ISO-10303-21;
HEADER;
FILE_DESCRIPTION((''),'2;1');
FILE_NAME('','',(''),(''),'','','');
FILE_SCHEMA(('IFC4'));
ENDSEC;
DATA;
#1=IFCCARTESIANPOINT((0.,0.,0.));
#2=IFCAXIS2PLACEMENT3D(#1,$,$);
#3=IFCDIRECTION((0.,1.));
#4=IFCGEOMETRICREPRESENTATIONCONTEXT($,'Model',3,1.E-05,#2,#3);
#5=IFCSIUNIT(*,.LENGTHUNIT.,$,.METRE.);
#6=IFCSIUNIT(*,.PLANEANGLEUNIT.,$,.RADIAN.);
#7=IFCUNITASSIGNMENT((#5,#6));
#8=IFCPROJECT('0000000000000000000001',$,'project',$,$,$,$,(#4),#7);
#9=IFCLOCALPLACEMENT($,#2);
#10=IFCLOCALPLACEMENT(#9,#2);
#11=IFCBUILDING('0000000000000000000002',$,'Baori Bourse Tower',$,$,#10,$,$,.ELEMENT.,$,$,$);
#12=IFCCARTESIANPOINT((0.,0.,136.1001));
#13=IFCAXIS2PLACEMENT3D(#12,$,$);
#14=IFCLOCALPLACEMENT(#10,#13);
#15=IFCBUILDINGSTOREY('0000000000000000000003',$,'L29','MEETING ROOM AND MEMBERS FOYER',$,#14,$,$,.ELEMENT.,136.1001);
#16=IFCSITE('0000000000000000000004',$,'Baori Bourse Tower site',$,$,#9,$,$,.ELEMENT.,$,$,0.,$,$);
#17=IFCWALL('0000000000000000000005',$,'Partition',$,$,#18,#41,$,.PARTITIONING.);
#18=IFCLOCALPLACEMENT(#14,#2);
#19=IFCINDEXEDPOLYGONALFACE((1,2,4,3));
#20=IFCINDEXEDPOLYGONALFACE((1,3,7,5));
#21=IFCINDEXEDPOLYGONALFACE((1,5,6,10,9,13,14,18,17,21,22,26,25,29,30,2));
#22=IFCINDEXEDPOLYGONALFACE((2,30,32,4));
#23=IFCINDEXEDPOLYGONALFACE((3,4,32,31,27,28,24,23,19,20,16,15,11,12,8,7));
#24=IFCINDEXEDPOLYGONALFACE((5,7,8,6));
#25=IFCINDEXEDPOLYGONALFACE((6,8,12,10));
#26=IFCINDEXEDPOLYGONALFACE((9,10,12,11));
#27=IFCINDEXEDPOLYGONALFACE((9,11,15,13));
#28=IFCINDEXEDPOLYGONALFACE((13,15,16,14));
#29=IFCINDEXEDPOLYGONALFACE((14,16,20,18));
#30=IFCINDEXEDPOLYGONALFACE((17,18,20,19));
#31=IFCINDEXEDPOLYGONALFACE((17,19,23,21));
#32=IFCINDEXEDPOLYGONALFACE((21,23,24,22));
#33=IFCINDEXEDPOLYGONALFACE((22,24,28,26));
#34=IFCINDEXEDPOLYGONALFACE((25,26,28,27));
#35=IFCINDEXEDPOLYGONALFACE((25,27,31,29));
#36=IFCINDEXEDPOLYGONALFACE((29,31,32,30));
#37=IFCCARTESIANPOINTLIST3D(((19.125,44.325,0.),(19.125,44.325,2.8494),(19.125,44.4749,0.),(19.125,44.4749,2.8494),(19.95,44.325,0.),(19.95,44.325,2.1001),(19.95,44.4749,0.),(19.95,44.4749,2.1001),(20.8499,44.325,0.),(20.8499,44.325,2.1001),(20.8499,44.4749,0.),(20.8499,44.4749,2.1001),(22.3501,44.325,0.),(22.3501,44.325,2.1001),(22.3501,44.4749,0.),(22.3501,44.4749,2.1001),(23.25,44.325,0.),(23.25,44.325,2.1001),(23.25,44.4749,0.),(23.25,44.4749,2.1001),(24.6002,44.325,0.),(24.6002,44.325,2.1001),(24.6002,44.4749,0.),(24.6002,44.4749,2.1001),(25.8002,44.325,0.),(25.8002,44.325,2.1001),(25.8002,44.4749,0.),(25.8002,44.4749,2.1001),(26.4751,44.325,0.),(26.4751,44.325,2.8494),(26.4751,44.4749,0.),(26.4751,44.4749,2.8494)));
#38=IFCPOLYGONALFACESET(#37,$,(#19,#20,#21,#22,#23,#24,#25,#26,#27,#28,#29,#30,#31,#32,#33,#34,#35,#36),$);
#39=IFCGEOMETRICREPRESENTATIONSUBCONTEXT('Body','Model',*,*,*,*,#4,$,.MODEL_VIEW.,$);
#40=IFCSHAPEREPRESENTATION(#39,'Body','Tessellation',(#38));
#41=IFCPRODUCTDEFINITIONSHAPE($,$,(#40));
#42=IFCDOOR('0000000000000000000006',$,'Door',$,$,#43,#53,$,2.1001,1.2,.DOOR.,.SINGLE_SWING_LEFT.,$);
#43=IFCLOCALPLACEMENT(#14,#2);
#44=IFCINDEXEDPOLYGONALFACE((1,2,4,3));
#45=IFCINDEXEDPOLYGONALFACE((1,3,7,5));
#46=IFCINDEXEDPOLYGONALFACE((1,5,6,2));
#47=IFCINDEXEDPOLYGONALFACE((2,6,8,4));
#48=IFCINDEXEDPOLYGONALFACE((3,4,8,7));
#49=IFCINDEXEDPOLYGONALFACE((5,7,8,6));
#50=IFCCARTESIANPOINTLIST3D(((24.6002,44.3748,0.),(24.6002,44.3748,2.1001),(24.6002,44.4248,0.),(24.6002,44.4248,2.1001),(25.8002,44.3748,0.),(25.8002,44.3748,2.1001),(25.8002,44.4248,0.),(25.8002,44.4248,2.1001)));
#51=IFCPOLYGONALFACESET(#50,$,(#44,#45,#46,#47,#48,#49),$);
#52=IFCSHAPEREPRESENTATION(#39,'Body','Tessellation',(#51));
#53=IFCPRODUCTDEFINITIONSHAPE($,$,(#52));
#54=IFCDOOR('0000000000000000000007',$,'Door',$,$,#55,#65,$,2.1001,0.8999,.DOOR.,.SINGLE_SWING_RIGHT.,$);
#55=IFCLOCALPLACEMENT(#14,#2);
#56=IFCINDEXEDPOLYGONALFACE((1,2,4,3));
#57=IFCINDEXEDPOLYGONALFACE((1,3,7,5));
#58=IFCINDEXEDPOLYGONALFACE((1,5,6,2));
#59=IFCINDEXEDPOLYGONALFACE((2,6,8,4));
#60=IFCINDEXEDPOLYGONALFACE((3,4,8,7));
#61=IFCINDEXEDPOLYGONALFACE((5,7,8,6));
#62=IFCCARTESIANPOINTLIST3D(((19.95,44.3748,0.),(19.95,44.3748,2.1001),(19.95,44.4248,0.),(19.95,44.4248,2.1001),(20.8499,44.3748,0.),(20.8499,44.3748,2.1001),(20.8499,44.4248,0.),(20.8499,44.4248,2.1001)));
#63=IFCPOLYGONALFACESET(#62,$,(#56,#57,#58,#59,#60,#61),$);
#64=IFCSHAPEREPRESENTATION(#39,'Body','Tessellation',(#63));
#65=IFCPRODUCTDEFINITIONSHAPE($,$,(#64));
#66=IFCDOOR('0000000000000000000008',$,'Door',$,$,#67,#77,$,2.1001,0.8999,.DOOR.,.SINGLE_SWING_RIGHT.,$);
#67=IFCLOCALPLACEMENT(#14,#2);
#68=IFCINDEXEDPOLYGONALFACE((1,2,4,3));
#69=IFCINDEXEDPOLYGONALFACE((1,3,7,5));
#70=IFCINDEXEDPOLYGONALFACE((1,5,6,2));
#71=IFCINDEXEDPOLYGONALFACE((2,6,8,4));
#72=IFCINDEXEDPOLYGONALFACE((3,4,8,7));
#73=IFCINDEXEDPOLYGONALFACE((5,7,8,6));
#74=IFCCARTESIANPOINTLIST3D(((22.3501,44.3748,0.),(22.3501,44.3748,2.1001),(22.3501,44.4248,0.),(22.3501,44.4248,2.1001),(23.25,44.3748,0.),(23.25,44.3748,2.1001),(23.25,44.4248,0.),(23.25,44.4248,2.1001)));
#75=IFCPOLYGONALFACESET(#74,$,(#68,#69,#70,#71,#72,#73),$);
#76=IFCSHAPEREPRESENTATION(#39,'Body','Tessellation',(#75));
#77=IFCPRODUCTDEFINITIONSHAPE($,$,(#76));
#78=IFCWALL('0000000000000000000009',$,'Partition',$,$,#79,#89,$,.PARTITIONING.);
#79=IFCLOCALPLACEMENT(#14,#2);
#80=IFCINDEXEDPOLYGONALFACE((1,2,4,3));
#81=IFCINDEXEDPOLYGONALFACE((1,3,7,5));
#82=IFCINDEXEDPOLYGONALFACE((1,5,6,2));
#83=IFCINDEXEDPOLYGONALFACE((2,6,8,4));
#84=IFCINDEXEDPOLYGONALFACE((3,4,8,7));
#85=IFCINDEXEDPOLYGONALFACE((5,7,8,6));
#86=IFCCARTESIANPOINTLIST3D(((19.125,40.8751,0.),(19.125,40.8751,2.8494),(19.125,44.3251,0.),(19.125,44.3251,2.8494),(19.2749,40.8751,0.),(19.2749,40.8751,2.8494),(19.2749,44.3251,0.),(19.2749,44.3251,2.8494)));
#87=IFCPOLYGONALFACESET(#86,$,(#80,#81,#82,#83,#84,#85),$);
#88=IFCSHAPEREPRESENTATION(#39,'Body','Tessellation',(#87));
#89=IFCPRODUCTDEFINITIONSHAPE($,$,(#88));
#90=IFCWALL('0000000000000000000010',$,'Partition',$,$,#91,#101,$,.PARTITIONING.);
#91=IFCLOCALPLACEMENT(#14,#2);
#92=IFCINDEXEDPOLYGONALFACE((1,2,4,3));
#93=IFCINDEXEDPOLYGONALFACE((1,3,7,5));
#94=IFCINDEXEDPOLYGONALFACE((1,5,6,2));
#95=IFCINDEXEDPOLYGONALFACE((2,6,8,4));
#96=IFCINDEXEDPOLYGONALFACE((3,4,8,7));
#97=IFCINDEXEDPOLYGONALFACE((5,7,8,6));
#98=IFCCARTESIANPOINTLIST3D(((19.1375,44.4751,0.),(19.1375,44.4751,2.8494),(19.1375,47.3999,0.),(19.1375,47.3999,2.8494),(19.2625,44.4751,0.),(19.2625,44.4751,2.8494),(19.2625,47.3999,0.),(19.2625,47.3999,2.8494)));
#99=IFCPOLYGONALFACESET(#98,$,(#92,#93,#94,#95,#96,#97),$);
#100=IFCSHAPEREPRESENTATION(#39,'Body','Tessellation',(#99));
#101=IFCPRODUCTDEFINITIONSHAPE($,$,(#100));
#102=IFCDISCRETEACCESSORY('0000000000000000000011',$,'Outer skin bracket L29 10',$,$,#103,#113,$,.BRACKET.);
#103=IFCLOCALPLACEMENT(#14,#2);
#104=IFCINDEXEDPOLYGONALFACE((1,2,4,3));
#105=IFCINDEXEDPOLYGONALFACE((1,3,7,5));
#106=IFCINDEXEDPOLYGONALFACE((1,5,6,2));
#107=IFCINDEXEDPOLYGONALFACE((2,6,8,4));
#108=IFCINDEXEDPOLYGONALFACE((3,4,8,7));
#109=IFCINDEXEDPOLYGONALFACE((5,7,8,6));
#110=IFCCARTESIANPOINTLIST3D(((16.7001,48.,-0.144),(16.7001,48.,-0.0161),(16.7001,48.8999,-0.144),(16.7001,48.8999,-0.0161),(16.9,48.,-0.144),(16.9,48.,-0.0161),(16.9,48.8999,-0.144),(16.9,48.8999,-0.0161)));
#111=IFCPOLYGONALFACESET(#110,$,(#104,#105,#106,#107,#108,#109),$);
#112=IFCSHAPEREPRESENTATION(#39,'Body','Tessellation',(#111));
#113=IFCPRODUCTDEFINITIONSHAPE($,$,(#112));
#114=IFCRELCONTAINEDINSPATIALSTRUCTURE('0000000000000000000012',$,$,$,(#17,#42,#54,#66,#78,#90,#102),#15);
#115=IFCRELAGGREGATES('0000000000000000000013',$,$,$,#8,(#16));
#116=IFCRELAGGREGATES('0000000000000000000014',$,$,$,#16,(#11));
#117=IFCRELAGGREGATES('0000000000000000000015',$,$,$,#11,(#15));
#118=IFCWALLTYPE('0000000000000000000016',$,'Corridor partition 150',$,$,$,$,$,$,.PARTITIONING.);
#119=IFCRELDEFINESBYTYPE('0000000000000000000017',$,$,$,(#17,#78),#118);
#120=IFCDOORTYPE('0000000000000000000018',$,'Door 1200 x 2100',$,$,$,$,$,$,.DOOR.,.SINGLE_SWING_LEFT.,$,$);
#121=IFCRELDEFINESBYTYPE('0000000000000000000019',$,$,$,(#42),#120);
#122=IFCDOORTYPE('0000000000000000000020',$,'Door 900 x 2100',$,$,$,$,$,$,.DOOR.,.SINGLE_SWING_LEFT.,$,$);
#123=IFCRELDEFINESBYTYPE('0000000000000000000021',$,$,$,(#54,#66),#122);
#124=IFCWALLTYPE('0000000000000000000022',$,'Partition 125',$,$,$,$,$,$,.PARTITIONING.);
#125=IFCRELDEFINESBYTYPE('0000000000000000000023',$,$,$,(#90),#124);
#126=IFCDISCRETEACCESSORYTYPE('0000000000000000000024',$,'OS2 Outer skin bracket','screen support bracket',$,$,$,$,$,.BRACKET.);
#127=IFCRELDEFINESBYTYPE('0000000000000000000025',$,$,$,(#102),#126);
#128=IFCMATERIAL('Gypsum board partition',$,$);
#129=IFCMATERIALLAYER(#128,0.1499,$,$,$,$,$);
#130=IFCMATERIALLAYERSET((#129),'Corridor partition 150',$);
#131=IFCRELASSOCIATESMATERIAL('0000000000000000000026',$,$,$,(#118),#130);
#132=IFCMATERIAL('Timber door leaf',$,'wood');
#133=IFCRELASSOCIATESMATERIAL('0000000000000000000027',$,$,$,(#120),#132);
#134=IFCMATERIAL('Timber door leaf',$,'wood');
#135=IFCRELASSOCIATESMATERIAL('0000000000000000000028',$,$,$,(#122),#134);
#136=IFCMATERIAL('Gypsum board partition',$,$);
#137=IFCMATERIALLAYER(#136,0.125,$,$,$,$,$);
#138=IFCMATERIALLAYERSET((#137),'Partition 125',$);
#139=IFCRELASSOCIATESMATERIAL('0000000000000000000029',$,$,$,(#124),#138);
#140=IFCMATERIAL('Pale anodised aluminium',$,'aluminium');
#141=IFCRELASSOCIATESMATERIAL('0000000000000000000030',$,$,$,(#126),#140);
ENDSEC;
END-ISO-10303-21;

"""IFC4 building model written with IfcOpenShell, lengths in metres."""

from ifc_helpers import new_model, si_unit, direction, frame, frame_2d, origin, origin_2d, place, context, subcontext, project, spatial, rectangle, extrude, material, layer, layer_set, type_object, element, fill, save


model = new_model("IFC4")

# Units and contexts
model_context = context("Model", 3, precision=1e-05, world=origin(), true_north=direction((0.0, 1.0)))
body_context = subcontext(model_context, "Body", "Model", "MODEL_VIEW")
ifc_project = project(units=[si_unit("LENGTHUNIT", "METRE"), si_unit("PLANEANGLEUNIT", "RADIAN")], contexts=[model_context])

# Site, building, storey
site_placement = place(None, origin())
site = spatial("IfcSite", under=ifc_project, at=site_placement, Name="Baori Bourse Tower site", CompositionType="ELEMENT", RefElevation=0.0)
building_placement = place(site_placement, origin())
building = spatial("IfcBuilding", under=site, at=building_placement, Name="Baori Bourse Tower", CompositionType="ELEMENT")
storey_placement = place(building_placement, frame((0.0, 0.0, 136.1001)))
storey = spatial("IfcBuildingStorey", under=building, at=storey_placement, Name="L29", Description="MEETING ROOM AND MEMBERS FOYER", CompositionType="ELEMENT", Elevation=136.1001)

# Wall, openings, doors
ifc_material_1 = material(Name="Gypsum board partition")
ifc_layer_1 = layer(ifc_material_1, 0.1499)
ifc_layer_set_1 = layer_set([ifc_layer_1], Name="Corridor partition 150")
wall_type_1 = type_object("IfcWallType", Name="Corridor partition 150", PredefinedType="PARTITIONING", material=ifc_layer_set_1)
wall_1_placement = place(storey_placement, frame((19.125, 44.3999, 0.0), z_axis=(0.0, 0.0, 1.0), x_axis=(1.0, 0.0, 0.0)))
wall_1 = element("IfcWall", 1, at=wall_1_placement, inside=storey, type_object=wall_type_1, Name="Partition", PredefinedType="PARTITIONING", context=body_context, shape_type="SweptSolid", body=[
    extrude(rectangle(XDim=7.3501, YDim=0.1499, at=frame_2d((3.675, 0.0))), origin(), (0.0, 0.0, 1.0), 2.8494),
])
opening_1_placement = place(wall_1_placement, frame((0.825, 0.0, 0.0)))
opening_1 = element("IfcOpeningElement", 2, at=opening_1_placement, cuts=wall_1, PredefinedType="OPENING", context=body_context, shape_type="SweptSolid", body=[
    extrude(rectangle(XDim=0.8999, YDim=2.1001, at=frame_2d((0.45, 1.05))), frame((0.0, 0.085, 0.0), z_axis=(0.0, -1.0, 0.0), x_axis=(1.0, 0.0, 0.0)), (0.0, 0.0, 1.0), 0.1699),
])
opening_2_placement = place(wall_1_placement, frame((3.2251, 0.0, 0.0)))
opening_2 = element("IfcOpeningElement", 3, at=opening_2_placement, cuts=wall_1, PredefinedType="OPENING", context=body_context, shape_type="SweptSolid", body=[
    extrude(rectangle(XDim=0.8999, YDim=2.1001, at=frame_2d((0.45, 1.05))), frame((0.0, 0.085, 0.0), z_axis=(0.0, -1.0, 0.0), x_axis=(1.0, 0.0, 0.0)), (0.0, 0.0, 1.0), 0.1699),
])
opening_3_placement = place(wall_1_placement, frame((5.4751, 0.0, 0.0)))
opening_3 = element("IfcOpeningElement", 4, at=opening_3_placement, cuts=wall_1, PredefinedType="OPENING", context=body_context, shape_type="SweptSolid", body=[
    extrude(rectangle(XDim=1.2, YDim=2.1001, at=frame_2d((0.6001, 1.05))), frame((0.0, 0.085, 0.0), z_axis=(0.0, -1.0, 0.0), x_axis=(1.0, 0.0, 0.0)), (0.0, 0.0, 1.0), 0.1699),
])
ifc_material_2 = material(Name="Timber door leaf", Category="wood")
door_type_1 = type_object("IfcDoorType", Name="Door 1200 x 2100", OperationType="SINGLE_SWING_LEFT", PredefinedType="DOOR", material=ifc_material_2)
door_1_placement = place(opening_3_placement, origin())
door_1 = element("IfcDoor", 5, at=door_1_placement, inside=storey, type_object=door_type_1, Name="Door", OperationType="SINGLE_SWING_LEFT", OverallHeight=2.1001, OverallWidth=1.2, PredefinedType="DOOR", context=body_context, shape_type="SweptSolid", body=[
    extrude(rectangle(XDim=1.2, YDim=2.1001, at=frame_2d((0.6001, 1.05))), frame((0.0, 0.0249, 0.0), z_axis=(0.0, -1.0, 0.0), x_axis=(1.0, 0.0, 0.0)), (0.0, 0.0, 1.0), 0.05),
])
fill(opening_3, door_1)
ifc_material_3 = material(Name="Timber door leaf", Category="wood")
door_type_2 = type_object("IfcDoorType", Name="Door 900 x 2100", OperationType="SINGLE_SWING_LEFT", PredefinedType="DOOR", material=ifc_material_3)
door_2_placement = place(opening_1_placement, origin())
door_2 = element("IfcDoor", 6, at=door_2_placement, inside=storey, type_object=door_type_2, Name="Door", OperationType="SINGLE_SWING_RIGHT", OverallHeight=2.1001, OverallWidth=0.8999, PredefinedType="DOOR", context=body_context, shape_type="SweptSolid", body=[
    extrude(rectangle(XDim=0.8999, YDim=2.1001, at=frame_2d((0.45, 1.05))), frame((0.0, 0.0249, 0.0), z_axis=(0.0, -1.0, 0.0), x_axis=(1.0, 0.0, 0.0)), (0.0, 0.0, 1.0), 0.05),
])
fill(opening_1, door_2)
door_3_placement = place(opening_2_placement, origin())
door_3 = element("IfcDoor", 7, at=door_3_placement, inside=storey, type_object=door_type_2, Name="Door", OperationType="SINGLE_SWING_RIGHT", OverallHeight=2.1001, OverallWidth=0.8999, PredefinedType="DOOR", context=body_context, shape_type="SweptSolid", body=[
    extrude(rectangle(XDim=0.8999, YDim=2.1001, at=frame_2d((0.45, 1.05))), frame((0.0, 0.0249, 0.0), z_axis=(0.0, -1.0, 0.0), x_axis=(1.0, 0.0, 0.0)), (0.0, 0.0, 1.0), 0.05),
])
fill(opening_2, door_3)

# Walls
wall_2_placement = place(storey_placement, frame((19.2, 40.875, 0.0), z_axis=(0.0, 0.0, 1.0), x_axis=(0.0, 1.0, 0.0)))
element("IfcWall", 8, at=wall_2_placement, inside=storey, type_object=wall_type_1, Name="Partition", PredefinedType="PARTITIONING", context=body_context, shape_type="SweptSolid", body=[
    extrude(rectangle(XDim=3.45, YDim=0.1499, at=frame_2d((1.7251, 0.0))), origin(), (0.0, 0.0, 1.0), 2.8494),
])
ifc_material_4 = material(Name="Gypsum board partition")
ifc_layer_2 = layer(ifc_material_4, 0.125)
ifc_layer_set_2 = layer_set([ifc_layer_2], Name="Partition 125")
wall_type_2 = type_object("IfcWallType", Name="Partition 125", PredefinedType="PARTITIONING", material=ifc_layer_set_2)
wall_3_placement = place(storey_placement, frame((19.2, 44.4751, 0.0), z_axis=(0.0, 0.0, 1.0), x_axis=(0.0, 1.0, 0.0)))
element("IfcWall", 9, at=wall_3_placement, inside=storey, type_object=wall_type_2, Name="Partition", PredefinedType="PARTITIONING", context=body_context, shape_type="SweptSolid", body=[
    extrude(rectangle(XDim=2.9248, YDim=0.125, at=frame_2d((1.4624, 0.0))), origin(), (0.0, 0.0, 1.0), 2.8494),
])

# Discrete accessory
ifc_material_5 = material(Name="Pale anodised aluminium", Category="aluminium")
discrete_accessory_type = type_object("IfcDiscreteAccessoryType", Name="OS2 Outer skin bracket", Description="screen support bracket", PredefinedType="BRACKET", material=ifc_material_5)
discrete_accessory_placement = place(storey_placement, frame((16.8, 48.45, -0.144), z_axis=(0.0, 0.0, 1.0), x_axis=(-1.0, 0.0, 0.0)))
element("IfcDiscreteAccessory", 10, at=discrete_accessory_placement, inside=storey, type_object=discrete_accessory_type, Name="Outer skin bracket L29 10", PredefinedType="BRACKET", context=body_context, shape_type="SweptSolid", body=[
    extrude(rectangle(XDim=0.2, YDim=0.8999, at=origin_2d()), origin(), (0.0, 0.0, 1.0), 0.1279),
])

save(model, "model.ifc")
